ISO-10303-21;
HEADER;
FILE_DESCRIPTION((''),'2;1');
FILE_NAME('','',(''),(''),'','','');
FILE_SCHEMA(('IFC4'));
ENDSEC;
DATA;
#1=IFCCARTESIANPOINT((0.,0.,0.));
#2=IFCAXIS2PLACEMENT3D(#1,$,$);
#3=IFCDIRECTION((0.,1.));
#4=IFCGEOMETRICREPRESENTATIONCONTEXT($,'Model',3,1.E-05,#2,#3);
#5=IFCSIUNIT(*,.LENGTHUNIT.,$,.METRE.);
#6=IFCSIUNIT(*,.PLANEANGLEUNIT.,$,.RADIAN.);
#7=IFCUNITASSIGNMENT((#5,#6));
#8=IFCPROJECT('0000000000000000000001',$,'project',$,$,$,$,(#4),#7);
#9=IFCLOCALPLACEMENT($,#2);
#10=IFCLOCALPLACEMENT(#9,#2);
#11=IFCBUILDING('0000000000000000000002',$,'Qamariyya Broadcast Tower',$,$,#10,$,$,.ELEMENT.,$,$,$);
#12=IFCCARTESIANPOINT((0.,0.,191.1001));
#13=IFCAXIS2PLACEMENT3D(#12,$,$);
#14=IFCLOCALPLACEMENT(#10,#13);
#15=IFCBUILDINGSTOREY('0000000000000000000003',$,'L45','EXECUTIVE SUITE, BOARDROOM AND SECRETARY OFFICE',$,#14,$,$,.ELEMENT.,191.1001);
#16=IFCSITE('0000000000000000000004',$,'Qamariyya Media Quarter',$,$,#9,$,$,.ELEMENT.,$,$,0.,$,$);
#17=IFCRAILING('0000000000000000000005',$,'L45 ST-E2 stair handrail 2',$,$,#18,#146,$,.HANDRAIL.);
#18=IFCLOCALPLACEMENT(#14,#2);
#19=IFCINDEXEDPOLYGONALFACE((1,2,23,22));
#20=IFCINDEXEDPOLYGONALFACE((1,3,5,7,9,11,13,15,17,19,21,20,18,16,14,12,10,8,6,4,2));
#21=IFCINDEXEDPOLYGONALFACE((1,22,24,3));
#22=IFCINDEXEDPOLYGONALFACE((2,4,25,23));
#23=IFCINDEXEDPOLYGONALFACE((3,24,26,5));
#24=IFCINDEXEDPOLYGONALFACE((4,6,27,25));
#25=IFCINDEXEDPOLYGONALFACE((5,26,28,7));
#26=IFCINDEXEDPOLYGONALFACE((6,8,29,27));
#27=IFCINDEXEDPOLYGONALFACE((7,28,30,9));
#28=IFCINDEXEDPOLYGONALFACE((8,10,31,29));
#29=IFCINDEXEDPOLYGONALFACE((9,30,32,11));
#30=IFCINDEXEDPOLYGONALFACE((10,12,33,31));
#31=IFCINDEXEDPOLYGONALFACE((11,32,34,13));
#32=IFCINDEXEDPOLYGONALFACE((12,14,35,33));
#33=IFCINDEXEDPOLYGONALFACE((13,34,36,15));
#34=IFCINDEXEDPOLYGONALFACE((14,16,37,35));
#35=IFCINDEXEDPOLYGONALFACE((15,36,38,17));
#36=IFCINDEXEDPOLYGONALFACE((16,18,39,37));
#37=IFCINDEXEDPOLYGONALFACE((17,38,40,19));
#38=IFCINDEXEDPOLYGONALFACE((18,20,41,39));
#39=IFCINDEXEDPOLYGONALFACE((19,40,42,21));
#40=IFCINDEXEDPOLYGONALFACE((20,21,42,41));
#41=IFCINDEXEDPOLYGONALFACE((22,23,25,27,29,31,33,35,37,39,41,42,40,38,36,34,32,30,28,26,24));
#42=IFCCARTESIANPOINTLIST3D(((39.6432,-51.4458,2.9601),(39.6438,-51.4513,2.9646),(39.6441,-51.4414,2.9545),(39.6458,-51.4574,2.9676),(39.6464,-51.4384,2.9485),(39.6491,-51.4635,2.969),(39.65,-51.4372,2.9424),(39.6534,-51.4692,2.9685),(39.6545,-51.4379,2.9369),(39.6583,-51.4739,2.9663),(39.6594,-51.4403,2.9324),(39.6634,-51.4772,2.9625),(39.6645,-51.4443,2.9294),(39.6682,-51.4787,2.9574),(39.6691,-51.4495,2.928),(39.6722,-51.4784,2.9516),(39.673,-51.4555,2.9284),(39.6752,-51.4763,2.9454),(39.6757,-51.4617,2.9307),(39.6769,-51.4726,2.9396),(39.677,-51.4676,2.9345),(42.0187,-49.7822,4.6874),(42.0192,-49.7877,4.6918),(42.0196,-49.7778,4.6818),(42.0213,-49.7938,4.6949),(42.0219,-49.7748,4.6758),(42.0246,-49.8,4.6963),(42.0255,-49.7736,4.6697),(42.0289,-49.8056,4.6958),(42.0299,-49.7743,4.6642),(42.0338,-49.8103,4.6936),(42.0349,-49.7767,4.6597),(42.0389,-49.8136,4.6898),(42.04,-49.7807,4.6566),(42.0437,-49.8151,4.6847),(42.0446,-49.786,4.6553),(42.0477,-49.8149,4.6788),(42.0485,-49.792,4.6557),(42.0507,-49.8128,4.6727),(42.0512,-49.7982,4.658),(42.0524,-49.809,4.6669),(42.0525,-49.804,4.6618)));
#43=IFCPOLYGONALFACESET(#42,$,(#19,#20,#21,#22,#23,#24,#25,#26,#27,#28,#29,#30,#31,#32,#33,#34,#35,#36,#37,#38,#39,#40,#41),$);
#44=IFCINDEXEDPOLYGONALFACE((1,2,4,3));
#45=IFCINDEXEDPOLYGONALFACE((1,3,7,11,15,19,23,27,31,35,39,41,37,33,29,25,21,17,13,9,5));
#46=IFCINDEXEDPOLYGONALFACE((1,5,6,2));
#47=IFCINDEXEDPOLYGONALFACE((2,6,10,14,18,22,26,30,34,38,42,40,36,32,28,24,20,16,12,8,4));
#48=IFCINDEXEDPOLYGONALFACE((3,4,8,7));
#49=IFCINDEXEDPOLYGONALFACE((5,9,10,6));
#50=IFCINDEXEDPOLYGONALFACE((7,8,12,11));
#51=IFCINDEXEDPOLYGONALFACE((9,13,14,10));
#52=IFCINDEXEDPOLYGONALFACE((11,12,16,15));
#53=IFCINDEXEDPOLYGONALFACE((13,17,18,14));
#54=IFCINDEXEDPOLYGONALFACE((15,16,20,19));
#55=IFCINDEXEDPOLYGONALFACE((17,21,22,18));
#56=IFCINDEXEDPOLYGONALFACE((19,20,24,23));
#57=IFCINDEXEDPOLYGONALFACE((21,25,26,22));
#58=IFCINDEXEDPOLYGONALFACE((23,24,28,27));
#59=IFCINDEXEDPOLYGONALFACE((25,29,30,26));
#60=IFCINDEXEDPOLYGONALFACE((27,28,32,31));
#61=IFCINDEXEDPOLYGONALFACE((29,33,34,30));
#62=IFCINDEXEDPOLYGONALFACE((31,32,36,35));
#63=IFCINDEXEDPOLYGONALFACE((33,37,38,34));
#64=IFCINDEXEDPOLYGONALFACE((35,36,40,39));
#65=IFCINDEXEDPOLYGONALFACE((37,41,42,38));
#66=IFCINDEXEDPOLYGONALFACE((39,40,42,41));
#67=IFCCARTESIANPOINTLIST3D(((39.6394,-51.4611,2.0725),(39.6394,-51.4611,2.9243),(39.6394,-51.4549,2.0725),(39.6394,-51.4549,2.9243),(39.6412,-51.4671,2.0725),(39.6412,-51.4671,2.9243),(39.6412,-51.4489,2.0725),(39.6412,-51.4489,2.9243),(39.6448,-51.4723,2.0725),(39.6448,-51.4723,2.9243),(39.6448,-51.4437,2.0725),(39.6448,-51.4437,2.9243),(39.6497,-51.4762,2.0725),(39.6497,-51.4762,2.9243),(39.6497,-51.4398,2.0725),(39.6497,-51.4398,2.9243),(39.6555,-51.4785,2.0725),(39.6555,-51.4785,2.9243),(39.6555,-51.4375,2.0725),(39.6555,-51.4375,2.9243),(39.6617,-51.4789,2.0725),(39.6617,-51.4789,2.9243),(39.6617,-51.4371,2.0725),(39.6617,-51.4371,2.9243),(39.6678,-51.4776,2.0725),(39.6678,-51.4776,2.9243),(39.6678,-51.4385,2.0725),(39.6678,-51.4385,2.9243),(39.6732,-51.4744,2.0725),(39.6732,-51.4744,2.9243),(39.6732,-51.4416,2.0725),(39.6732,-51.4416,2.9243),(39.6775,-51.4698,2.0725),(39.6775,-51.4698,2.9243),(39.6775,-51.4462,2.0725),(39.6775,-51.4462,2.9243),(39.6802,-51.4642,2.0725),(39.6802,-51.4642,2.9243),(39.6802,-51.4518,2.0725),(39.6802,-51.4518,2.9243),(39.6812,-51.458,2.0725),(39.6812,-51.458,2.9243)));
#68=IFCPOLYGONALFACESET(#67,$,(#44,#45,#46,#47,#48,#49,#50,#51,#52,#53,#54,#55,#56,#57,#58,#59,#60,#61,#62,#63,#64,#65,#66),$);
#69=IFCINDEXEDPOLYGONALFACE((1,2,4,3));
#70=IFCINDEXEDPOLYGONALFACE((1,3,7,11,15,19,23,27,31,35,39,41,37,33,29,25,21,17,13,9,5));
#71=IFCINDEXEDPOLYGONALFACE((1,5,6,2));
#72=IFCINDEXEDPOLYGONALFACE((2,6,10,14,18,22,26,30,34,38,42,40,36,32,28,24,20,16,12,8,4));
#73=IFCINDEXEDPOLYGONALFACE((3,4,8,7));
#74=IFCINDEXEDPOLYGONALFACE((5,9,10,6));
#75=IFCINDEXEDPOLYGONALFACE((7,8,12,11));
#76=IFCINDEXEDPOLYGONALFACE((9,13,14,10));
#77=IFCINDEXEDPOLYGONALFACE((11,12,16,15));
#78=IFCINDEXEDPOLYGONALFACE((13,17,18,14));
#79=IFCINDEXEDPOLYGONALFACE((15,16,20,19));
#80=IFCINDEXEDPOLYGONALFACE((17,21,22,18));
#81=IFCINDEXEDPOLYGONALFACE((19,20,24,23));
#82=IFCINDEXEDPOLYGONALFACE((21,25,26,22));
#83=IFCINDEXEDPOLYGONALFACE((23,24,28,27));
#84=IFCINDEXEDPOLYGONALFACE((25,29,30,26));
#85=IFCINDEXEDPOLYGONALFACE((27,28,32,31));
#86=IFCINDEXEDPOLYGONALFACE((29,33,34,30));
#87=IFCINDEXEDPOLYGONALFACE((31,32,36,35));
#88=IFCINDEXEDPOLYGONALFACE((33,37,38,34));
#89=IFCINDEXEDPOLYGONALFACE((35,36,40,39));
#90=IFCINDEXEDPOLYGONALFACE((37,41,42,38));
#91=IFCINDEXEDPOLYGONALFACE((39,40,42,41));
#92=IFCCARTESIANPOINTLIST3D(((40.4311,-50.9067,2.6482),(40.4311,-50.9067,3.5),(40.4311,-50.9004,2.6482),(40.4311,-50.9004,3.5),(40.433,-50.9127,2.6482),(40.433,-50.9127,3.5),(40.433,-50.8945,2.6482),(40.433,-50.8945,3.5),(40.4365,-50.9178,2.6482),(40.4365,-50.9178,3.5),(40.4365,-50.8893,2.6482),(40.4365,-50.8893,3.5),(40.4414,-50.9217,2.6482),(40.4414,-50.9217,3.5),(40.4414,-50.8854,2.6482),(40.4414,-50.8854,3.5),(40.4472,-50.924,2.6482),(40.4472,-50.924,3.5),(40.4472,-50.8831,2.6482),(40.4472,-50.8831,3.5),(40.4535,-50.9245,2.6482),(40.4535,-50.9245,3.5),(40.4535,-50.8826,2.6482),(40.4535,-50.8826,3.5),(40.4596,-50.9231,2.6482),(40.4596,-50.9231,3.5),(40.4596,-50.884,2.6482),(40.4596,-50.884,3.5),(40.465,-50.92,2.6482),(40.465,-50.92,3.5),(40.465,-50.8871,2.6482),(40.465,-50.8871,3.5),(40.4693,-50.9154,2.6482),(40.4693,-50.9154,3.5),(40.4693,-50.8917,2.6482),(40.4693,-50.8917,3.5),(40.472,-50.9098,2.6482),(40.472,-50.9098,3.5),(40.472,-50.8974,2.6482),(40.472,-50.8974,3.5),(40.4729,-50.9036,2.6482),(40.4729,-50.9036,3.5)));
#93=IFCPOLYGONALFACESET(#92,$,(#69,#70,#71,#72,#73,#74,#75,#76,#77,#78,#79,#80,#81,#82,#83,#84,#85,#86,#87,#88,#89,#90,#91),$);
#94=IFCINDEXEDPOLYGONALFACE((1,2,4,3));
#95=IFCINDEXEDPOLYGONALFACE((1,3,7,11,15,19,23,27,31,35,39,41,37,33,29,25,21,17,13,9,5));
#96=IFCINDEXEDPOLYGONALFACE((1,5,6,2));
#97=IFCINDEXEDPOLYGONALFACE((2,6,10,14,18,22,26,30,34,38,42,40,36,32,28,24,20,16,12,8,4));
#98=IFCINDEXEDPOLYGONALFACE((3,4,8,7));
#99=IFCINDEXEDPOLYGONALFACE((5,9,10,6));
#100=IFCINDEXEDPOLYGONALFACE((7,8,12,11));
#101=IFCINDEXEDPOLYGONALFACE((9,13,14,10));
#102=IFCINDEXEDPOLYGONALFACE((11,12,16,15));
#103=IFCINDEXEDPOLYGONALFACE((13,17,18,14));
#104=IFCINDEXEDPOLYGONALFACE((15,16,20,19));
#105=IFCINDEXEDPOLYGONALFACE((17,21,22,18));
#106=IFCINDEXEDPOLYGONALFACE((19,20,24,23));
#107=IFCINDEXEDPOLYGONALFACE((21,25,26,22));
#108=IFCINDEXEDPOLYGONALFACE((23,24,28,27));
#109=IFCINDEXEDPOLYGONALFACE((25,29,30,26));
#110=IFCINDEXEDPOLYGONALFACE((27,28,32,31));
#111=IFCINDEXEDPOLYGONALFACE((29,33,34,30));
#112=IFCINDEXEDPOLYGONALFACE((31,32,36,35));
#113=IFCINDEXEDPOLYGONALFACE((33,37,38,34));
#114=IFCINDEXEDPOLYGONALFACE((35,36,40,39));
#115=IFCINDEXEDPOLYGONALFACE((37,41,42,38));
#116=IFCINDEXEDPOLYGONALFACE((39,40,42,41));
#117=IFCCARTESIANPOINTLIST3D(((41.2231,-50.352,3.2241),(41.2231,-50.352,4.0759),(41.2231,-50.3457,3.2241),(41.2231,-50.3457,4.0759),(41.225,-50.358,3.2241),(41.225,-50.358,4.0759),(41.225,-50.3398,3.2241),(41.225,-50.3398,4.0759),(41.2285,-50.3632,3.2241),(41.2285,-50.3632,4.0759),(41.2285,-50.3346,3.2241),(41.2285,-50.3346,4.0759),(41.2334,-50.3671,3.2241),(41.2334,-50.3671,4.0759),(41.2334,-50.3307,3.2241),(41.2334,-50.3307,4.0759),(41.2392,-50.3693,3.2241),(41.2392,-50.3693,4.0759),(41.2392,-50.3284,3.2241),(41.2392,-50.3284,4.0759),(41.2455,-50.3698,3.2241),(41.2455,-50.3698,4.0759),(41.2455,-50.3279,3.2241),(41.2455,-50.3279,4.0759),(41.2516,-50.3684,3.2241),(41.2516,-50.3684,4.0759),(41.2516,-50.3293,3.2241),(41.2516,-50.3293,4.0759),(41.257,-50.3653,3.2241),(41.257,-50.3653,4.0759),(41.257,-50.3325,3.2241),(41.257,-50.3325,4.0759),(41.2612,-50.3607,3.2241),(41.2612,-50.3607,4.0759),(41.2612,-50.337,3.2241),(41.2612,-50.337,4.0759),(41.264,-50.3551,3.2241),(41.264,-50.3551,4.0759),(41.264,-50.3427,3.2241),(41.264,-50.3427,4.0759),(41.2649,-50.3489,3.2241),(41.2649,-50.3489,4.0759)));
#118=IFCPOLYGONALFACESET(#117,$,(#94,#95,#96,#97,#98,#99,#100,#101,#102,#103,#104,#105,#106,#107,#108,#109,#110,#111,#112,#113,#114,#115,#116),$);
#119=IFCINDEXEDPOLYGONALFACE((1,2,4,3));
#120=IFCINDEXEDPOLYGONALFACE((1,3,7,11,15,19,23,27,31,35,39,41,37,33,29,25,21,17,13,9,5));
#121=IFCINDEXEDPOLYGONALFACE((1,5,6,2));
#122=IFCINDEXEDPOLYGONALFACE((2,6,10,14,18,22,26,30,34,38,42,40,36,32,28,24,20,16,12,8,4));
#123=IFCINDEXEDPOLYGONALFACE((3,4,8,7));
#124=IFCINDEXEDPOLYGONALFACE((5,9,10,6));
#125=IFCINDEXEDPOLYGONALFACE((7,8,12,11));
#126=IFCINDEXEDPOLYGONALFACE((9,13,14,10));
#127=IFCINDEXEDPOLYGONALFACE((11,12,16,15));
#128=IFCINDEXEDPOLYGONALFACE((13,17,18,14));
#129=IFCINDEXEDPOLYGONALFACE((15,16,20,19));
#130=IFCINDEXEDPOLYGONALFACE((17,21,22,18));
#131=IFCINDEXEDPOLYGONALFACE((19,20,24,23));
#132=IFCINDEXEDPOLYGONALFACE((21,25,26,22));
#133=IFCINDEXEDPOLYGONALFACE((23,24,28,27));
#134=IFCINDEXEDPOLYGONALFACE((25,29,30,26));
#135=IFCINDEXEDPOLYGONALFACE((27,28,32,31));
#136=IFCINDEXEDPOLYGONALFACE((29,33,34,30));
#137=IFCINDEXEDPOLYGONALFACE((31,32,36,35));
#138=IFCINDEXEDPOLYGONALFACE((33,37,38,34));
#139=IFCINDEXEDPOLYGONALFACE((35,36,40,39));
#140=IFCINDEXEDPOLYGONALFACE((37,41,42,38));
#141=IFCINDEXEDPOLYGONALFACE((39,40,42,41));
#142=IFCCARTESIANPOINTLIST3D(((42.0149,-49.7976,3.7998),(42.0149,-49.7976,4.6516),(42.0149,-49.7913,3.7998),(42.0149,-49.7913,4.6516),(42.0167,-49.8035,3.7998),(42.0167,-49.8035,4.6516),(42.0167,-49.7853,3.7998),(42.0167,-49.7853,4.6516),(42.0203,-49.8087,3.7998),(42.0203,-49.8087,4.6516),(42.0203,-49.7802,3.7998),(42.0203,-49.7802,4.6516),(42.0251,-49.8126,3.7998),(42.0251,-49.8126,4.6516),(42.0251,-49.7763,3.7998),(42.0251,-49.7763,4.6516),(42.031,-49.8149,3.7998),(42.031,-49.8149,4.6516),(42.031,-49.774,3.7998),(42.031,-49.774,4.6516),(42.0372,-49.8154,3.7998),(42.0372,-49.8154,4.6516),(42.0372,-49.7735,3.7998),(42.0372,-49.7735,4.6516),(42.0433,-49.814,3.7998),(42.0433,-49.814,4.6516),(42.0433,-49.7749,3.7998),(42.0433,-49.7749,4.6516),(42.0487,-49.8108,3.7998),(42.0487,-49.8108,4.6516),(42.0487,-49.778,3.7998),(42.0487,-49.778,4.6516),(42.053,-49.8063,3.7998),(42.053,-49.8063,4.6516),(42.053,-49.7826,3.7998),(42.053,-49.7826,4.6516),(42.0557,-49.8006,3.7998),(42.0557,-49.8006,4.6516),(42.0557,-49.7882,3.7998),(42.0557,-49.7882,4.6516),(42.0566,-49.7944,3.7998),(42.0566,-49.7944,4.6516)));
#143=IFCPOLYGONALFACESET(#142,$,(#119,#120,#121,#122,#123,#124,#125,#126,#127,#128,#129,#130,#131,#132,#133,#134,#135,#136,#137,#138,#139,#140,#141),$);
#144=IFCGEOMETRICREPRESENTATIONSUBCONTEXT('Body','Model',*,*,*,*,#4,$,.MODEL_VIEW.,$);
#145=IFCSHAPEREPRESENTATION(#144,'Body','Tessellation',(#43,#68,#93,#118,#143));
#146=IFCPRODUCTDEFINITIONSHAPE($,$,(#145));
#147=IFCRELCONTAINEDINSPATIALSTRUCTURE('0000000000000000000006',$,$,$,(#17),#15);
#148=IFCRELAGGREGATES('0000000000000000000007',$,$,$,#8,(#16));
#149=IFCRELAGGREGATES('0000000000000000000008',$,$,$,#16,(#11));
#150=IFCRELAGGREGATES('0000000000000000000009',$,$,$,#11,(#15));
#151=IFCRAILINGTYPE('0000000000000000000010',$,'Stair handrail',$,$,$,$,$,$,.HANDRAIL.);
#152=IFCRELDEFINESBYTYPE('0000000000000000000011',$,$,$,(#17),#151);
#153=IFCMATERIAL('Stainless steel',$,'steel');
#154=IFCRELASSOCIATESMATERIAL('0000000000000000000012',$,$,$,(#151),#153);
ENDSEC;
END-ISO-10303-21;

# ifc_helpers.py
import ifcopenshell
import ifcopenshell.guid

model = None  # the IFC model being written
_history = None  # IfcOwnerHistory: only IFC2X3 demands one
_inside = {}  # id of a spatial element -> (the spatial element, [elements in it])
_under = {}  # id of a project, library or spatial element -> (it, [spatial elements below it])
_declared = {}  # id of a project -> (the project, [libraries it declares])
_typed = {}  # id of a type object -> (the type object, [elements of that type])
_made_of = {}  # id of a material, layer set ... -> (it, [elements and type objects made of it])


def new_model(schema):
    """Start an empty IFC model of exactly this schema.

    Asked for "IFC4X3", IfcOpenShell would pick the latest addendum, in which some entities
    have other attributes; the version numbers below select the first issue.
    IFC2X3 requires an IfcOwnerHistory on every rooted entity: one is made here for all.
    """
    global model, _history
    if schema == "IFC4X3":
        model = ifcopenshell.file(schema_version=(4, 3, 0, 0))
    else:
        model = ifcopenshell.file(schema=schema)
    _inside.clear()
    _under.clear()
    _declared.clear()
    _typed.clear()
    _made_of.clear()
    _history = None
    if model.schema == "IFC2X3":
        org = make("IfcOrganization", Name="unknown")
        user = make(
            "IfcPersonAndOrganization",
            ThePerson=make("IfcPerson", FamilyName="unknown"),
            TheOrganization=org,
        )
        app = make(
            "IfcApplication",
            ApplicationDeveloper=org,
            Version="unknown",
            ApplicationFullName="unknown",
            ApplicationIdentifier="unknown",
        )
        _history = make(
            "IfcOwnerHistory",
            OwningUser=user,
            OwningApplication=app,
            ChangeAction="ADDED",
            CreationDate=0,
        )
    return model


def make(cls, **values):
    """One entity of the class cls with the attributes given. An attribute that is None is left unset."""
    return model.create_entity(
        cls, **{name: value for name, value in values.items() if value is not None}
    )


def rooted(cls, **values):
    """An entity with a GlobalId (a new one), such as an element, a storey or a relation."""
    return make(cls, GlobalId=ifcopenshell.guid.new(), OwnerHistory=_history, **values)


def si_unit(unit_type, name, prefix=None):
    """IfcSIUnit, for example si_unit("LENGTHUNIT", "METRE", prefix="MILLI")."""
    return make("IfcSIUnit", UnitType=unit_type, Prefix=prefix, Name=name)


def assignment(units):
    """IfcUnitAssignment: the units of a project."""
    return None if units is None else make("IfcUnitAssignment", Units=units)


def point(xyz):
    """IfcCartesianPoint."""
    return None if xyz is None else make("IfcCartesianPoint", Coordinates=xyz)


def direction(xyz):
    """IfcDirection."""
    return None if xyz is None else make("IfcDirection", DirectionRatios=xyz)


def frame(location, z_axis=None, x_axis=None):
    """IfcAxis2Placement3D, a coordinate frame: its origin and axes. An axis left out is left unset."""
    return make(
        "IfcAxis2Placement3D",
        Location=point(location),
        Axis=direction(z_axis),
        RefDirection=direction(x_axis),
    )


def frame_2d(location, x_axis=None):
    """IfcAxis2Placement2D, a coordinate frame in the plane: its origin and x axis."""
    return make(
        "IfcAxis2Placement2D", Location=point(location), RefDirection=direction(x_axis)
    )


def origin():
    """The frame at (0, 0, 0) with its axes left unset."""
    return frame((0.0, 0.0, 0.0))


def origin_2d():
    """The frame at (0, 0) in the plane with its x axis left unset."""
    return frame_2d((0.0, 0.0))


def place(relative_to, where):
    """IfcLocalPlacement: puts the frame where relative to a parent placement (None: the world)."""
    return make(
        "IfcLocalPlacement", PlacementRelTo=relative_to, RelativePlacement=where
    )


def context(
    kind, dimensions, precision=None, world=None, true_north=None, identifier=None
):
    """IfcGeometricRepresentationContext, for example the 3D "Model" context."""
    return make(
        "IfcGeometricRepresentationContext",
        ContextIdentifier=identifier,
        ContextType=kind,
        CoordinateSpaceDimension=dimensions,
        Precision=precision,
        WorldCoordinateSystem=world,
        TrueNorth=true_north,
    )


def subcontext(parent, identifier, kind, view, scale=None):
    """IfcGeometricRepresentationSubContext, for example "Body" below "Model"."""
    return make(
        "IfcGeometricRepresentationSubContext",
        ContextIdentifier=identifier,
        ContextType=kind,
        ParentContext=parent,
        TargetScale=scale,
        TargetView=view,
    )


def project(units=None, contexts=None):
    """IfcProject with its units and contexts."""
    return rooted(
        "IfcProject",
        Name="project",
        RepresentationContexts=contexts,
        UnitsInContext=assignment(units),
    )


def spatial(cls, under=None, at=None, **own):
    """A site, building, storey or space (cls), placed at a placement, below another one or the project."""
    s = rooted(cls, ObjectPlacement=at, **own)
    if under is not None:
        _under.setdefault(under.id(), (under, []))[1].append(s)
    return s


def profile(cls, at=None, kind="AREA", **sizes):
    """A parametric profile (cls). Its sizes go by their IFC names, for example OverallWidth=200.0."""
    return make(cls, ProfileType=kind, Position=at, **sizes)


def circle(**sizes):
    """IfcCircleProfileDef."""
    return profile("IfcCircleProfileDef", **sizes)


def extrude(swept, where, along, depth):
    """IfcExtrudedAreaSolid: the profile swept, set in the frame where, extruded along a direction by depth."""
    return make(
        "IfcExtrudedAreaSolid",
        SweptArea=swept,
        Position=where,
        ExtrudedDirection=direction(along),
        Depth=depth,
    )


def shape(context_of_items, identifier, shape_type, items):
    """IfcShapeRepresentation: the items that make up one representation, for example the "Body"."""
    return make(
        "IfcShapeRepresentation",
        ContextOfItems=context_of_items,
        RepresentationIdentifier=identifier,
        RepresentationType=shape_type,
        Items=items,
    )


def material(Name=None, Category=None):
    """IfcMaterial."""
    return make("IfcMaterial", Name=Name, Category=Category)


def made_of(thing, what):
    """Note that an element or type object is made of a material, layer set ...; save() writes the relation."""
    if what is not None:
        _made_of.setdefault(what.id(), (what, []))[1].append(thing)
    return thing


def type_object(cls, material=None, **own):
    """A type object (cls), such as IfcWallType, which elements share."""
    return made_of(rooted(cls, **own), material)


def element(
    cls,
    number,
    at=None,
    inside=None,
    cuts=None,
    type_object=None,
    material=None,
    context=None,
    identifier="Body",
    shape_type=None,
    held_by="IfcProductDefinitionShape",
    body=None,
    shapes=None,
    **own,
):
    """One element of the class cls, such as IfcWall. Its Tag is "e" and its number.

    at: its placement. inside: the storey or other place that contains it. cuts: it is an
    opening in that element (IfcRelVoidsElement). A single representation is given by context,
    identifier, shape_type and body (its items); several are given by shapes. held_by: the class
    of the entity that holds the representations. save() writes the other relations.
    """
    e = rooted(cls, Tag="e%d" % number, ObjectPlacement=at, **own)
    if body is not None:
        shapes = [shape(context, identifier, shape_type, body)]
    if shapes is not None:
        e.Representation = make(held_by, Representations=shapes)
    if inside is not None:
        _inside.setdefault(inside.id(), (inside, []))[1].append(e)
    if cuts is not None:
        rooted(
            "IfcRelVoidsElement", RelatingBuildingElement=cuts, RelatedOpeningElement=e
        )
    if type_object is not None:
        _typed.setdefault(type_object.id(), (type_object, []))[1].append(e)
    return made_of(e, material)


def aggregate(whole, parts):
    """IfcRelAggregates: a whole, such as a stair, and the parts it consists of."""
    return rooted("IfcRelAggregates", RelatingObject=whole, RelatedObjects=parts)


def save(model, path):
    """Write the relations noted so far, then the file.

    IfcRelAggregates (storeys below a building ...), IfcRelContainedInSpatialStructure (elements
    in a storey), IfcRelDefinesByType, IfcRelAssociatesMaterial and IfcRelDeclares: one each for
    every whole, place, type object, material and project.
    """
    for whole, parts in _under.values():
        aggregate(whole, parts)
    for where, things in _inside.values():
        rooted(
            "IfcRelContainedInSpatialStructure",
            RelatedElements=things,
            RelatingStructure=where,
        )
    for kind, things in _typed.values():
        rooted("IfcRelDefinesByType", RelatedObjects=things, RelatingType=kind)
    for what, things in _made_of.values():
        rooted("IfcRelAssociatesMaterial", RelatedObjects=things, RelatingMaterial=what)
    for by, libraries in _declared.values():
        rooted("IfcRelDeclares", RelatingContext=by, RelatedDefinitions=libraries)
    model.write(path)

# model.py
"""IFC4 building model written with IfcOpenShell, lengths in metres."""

from ifc_helpers import new_model, si_unit, direction, frame, origin, origin_2d, place, context, subcontext, project, spatial, circle, extrude, material, type_object, element, save


model = new_model("IFC4")

# Units and contexts
model_context = context("Model", 3, precision=1e-05, world=origin(), true_north=direction((0.0, 1.0)))
body_context = subcontext(model_context, "Body", "Model", "MODEL_VIEW")
ifc_project = project(units=[si_unit("LENGTHUNIT", "METRE"), si_unit("PLANEANGLEUNIT", "RADIAN")], contexts=[model_context])

# Site, building, storey
site_placement = place(None, origin())
site = spatial("IfcSite", under=ifc_project, at=site_placement, Name="Qamariyya Media Quarter", CompositionType="ELEMENT", RefElevation=0.0)
building_placement = place(site_placement, origin())
building = spatial("IfcBuilding", under=site, at=building_placement, Name="Qamariyya Broadcast Tower", CompositionType="ELEMENT")
storey_placement = place(building_placement, frame((0.0, 0.0, 191.1001)))
storey = spatial("IfcBuildingStorey", under=building, at=storey_placement, Name="L45", Description="EXECUTIVE SUITE, BOARDROOM AND SECRETARY OFFICE", CompositionType="ELEMENT", Elevation=191.1001)

# Railing
ifc_material_1 = material(Name="Stainless steel", Category="steel")
railing_type_1 = type_object("IfcRailingType", Name="Stair handrail", PredefinedType="HANDRAIL", material=ifc_material_1)
railing_1_placement = place(storey_placement, frame((39.6602, -51.458, 2.0725)))
element("IfcRailing", 1, at=railing_1_placement, inside=storey, type_object=railing_type_1, Name="L45 ST-E2 stair handrail 2", PredefinedType="HANDRAIL", context=body_context, shape_type="SweptSolid", body=[
    extrude(circle(Radius=0.0239, at=origin_2d()), frame((0.0, 0.0, 0.876), z_axis=(0.703745, 0.492838, 0.511716), x_axis=(-0.573632, 0.819113, 0.0)), (0.0, 0.0, 1.0), 3.3755),
    extrude(circle(Radius=0.021, at=origin_2d()), origin(), (0.0, 0.0, 1.0), 0.8518),
    extrude(circle(Radius=0.021, at=origin_2d()), frame((0.7917, 0.5544, 0.5757)), (0.0, 0.0, 1.0), 0.8518),
    extrude(circle(Radius=0.021, at=origin_2d()), frame((1.5837, 1.1091, 1.1516)), (0.0, 0.0, 1.0), 0.8518),
    extrude(circle(Radius=0.021, at=origin_2d()), frame((2.3755, 1.6636, 1.7273)), (0.0, 0.0, 1.0), 0.8518),
])

save(model, "model.ifc")
